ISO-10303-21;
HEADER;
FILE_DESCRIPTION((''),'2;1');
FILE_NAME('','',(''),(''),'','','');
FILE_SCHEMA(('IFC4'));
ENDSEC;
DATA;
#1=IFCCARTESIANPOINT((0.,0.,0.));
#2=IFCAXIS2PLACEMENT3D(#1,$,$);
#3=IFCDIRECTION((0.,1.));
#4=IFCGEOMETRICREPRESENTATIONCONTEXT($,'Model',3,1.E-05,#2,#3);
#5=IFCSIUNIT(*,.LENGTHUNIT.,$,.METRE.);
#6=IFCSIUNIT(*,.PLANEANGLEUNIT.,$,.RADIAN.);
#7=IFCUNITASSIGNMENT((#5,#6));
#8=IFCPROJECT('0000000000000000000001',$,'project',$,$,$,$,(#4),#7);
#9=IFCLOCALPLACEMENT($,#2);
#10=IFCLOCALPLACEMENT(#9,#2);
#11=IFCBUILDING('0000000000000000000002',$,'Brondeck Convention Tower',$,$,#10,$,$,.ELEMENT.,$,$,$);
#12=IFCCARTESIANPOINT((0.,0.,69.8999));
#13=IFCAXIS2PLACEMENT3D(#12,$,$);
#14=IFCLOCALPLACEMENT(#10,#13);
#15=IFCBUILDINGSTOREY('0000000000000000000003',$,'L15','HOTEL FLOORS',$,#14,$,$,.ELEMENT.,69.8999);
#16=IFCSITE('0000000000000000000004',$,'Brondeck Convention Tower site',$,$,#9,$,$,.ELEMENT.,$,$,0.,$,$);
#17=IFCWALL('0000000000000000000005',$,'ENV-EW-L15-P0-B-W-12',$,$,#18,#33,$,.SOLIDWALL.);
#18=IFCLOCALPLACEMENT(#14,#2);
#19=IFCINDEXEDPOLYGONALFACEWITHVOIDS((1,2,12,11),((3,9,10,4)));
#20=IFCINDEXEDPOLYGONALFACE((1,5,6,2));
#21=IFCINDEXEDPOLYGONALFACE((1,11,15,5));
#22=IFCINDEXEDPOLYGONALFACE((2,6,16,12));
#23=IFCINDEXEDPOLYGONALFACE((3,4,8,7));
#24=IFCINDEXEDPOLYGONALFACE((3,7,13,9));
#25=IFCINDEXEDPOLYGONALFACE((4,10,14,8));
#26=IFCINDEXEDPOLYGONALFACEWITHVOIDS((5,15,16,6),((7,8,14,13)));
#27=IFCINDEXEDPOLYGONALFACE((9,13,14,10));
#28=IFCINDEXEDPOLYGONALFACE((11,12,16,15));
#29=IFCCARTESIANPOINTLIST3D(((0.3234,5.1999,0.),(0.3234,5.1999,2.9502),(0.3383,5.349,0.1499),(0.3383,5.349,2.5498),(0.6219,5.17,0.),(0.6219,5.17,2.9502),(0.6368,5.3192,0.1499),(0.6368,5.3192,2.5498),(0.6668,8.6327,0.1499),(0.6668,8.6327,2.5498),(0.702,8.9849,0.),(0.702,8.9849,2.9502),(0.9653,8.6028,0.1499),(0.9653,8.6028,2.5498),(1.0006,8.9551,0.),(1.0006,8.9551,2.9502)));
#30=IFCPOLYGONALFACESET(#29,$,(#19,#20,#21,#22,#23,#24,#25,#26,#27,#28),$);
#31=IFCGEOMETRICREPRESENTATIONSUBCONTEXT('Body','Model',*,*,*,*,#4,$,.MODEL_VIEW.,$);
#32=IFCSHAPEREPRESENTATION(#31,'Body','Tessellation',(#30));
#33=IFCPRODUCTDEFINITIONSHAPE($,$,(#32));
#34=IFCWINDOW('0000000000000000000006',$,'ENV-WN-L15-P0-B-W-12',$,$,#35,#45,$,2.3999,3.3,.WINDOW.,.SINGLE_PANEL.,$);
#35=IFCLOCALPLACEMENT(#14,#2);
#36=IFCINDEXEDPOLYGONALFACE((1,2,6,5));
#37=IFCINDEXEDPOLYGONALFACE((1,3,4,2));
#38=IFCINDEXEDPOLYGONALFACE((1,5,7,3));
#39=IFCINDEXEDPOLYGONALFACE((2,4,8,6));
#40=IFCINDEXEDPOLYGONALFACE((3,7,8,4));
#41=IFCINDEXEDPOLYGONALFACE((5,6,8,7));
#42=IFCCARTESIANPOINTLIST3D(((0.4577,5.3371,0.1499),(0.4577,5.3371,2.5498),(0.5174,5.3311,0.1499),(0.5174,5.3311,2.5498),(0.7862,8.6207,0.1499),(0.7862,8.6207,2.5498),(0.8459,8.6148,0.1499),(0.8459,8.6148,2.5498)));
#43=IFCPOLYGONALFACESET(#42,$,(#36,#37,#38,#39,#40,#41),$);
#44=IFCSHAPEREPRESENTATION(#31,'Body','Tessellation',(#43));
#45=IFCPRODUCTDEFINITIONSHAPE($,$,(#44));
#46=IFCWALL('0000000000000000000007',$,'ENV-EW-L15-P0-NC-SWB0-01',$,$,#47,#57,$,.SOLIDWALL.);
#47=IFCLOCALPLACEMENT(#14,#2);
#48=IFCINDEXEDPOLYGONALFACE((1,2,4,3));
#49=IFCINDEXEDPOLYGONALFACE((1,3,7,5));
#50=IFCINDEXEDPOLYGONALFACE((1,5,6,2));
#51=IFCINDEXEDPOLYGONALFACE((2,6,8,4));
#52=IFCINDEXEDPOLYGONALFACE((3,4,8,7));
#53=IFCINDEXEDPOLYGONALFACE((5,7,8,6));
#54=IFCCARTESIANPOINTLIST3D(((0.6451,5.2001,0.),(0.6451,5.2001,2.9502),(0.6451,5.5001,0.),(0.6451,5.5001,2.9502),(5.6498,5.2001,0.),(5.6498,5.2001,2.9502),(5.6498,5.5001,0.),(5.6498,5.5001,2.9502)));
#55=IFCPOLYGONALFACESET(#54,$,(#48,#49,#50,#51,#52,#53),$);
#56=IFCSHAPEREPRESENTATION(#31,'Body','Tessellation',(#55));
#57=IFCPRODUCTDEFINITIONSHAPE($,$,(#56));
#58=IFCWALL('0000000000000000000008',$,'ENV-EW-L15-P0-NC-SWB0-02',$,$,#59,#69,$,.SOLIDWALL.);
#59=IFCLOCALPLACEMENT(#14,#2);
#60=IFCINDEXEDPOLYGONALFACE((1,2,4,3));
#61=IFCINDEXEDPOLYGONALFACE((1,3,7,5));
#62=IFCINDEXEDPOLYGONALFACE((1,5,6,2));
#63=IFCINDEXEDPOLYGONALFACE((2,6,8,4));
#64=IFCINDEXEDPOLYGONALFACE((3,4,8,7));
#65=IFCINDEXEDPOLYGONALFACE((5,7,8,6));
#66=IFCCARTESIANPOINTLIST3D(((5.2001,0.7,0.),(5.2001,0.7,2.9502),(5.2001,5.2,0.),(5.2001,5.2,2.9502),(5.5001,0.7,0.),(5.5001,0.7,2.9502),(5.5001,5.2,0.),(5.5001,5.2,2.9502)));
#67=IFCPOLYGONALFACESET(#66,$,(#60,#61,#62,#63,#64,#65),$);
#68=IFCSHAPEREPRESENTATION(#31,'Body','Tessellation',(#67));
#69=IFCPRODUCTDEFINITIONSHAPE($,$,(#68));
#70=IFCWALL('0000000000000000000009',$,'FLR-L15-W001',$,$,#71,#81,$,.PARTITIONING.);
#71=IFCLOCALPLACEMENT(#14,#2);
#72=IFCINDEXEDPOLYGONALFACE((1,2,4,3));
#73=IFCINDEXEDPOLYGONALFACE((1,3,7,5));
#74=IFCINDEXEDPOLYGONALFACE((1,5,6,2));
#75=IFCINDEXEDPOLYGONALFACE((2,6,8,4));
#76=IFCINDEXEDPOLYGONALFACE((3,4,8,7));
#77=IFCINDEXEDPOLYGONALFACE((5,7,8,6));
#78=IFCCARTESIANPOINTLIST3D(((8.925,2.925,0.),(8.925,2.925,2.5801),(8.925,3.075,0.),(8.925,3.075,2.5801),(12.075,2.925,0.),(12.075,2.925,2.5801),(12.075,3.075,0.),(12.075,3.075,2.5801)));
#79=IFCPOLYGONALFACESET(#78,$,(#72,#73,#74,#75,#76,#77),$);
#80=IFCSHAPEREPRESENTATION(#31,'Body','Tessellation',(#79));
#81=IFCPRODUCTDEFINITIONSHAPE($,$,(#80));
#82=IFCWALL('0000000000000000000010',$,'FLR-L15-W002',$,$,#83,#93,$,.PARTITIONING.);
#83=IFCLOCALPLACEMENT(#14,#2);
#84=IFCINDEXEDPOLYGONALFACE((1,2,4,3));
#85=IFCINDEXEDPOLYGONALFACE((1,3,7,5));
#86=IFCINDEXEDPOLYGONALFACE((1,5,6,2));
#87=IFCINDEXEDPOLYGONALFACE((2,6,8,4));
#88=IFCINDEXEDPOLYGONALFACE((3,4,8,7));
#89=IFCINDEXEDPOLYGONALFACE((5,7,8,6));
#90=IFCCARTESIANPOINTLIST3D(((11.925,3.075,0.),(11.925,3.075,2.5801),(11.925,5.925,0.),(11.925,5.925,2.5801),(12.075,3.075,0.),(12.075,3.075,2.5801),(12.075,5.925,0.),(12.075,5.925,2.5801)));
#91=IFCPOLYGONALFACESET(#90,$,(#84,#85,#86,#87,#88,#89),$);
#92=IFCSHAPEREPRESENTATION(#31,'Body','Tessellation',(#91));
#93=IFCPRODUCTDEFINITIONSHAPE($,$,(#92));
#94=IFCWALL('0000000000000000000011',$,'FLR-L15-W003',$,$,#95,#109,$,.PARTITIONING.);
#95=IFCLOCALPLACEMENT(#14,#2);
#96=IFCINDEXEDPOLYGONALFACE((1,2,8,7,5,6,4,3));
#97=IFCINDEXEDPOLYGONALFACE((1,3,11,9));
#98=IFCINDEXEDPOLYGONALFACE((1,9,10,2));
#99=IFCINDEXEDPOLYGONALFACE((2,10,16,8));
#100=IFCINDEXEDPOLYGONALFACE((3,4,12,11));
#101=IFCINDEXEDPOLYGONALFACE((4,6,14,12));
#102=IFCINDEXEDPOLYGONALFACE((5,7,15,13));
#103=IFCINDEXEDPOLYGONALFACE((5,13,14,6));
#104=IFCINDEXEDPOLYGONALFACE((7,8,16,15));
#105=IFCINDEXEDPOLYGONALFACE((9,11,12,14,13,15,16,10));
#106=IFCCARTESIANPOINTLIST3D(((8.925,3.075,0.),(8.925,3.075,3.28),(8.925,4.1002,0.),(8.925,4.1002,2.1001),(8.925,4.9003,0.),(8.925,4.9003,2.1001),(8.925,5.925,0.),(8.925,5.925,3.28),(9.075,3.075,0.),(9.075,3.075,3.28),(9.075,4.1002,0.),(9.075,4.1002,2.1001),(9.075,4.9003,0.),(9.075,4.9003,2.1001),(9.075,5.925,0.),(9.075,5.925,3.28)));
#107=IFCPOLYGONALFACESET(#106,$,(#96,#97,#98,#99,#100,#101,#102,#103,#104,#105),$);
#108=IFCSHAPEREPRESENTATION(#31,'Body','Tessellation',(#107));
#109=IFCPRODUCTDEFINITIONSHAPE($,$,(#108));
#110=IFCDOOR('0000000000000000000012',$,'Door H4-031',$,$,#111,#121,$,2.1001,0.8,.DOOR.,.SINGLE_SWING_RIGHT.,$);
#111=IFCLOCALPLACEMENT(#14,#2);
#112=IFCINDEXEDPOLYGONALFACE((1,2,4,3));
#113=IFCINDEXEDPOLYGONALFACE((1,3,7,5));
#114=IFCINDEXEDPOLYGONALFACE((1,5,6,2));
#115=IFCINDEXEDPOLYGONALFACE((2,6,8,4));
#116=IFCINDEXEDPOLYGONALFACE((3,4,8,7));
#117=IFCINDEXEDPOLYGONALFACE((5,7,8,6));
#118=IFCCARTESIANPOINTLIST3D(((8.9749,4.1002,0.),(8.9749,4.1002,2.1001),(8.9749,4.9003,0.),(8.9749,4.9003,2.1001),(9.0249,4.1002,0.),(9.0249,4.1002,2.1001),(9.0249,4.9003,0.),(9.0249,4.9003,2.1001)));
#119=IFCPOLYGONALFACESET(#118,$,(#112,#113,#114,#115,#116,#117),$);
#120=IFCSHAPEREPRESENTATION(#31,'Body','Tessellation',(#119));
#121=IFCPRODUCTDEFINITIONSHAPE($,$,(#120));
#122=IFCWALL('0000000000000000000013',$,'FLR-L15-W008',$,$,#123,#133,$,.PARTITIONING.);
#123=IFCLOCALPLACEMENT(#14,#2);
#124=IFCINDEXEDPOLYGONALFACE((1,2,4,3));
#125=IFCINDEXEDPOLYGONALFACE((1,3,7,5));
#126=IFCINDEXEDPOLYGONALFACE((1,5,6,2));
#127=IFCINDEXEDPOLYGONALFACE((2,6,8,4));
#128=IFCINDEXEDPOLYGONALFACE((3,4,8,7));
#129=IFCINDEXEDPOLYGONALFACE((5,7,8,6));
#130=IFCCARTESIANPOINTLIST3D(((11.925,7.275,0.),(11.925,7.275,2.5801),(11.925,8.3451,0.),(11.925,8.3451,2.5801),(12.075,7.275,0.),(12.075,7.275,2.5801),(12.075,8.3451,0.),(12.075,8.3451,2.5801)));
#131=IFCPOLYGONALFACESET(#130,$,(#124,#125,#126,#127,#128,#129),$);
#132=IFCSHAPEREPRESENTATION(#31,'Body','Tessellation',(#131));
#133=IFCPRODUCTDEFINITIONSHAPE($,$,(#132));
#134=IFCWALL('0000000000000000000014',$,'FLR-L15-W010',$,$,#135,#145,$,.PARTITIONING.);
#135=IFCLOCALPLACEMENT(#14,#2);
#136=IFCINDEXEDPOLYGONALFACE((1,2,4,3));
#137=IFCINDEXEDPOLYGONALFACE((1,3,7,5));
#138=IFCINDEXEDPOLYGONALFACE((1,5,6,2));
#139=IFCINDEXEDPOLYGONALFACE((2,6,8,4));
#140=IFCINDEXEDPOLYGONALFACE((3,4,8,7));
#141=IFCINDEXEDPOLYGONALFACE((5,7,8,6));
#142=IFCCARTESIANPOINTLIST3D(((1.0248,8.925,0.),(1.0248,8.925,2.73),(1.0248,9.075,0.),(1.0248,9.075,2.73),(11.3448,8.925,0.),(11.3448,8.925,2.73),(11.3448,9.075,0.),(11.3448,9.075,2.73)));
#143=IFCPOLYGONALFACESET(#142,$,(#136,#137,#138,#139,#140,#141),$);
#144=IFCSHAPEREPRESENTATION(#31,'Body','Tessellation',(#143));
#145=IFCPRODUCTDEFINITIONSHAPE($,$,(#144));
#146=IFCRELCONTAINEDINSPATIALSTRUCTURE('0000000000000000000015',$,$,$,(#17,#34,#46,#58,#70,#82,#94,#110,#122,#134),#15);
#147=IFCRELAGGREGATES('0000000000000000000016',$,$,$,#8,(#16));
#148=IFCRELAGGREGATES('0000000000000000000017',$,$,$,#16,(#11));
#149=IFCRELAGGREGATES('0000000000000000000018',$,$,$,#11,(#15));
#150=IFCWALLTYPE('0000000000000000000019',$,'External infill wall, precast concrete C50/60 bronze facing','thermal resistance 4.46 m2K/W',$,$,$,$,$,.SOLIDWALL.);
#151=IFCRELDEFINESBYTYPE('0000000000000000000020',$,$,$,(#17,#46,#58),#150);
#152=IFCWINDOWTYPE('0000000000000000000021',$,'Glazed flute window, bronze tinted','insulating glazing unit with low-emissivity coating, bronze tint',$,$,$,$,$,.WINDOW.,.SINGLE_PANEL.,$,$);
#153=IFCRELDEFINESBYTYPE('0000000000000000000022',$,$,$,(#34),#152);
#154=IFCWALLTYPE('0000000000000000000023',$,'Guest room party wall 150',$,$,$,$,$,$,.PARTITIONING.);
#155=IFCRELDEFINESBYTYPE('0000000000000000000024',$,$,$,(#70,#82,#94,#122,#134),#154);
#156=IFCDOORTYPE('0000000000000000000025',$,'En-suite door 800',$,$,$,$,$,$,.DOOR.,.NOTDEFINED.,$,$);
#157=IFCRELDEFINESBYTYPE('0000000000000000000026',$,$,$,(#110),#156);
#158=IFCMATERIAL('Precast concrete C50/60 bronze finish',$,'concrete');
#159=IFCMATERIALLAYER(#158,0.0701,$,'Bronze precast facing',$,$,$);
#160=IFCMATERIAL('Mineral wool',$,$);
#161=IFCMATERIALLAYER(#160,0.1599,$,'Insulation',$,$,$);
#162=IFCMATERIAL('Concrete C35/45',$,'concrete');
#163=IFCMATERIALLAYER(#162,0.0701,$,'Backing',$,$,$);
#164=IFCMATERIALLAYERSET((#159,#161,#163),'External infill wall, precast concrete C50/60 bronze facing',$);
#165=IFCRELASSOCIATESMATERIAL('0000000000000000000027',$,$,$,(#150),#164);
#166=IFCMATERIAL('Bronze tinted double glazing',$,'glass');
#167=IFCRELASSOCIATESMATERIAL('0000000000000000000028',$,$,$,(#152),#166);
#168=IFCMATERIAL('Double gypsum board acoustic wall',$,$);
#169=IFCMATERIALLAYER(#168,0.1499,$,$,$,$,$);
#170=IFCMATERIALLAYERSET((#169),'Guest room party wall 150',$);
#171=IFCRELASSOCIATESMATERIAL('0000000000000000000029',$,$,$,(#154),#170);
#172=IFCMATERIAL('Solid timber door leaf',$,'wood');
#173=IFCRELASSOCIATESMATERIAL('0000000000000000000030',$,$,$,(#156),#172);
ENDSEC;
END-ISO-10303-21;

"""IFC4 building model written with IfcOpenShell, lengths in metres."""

from ifc_helpers import new_model, si_unit, direction, frame, frame_2d, origin, place, context, subcontext, project, spatial, rectangle, extrude, material, layer, layer_set, type_object, element, fill, save


model = new_model("IFC4")

# Units and contexts
model_context = context("Model", 3, precision=1e-05, world=origin(), true_north=direction((0.0, 1.0)))
body_context = subcontext(model_context, "Body", "Model", "MODEL_VIEW")
ifc_project = project(units=[si_unit("LENGTHUNIT", "METRE"), si_unit("PLANEANGLEUNIT", "RADIAN")], contexts=[model_context])

# Site, building, storey
site_placement = place(None, origin())
site = spatial("IfcSite", under=ifc_project, at=site_placement, Name="Brondeck Convention Tower site", CompositionType="ELEMENT", RefElevation=0.0)
building_placement = place(site_placement, origin())
building = spatial("IfcBuilding", under=site, at=building_placement, Name="Brondeck Convention Tower", CompositionType="ELEMENT")
storey_placement = place(building_placement, frame((0.0, 0.0, 69.8999)))
storey = spatial("IfcBuildingStorey", under=building, at=storey_placement, Name="L15", Description="HOTEL FLOORS", CompositionType="ELEMENT", Elevation=69.8999)

# Shared definitions
ifc_material_1 = material(Name="Concrete C35/45", Category="concrete")

# Shared definitions
ifc_material_2 = material(Name="Precast concrete C50/60 bronze finish", Category="concrete")
ifc_layer_1 = layer(ifc_material_2, 0.0701, Name="Bronze precast facing")
ifc_material_3 = material(Name="Mineral wool")
ifc_layer_2 = layer(ifc_material_3, 0.1599, Name="Insulation")
ifc_layer_3 = layer(ifc_material_1, 0.0701, Name="Backing")
ifc_layer_set_1 = layer_set([ifc_layer_1, ifc_layer_2, ifc_layer_3], Name="External infill wall, precast concrete C50/60 bronze facing")
wall_type_1 = type_object("IfcWallType", Name="External infill wall, precast concrete C50/60 bronze facing", Description="thermal resistance 4.46 m2K/W", PredefinedType="SOLIDWALL", material=ifc_layer_set_1)
ifc_material_4 = material(Name="Bronze tinted double glazing", Category="glass")
window_type_1 = type_object("IfcWindowType", Name="Glazed flute window, bronze tinted", Description="insulating glazing unit with low-emissivity coating, bronze tint", PartitioningType="SINGLE_PANEL", PredefinedType="WINDOW", material=ifc_material_4)

# Wall, opening, window
wall_1_placement = place(storey_placement, frame((0.4727, 5.1851, 0.0), z_axis=(0.0, 0.0, 1.0), x_axis=(0.099542, 0.995033, 0.0)))
wall_1 = element("IfcWall", 1, at=wall_1_placement, inside=storey, type_object=wall_type_1, Name="ENV-EW-L15-P0-B-W-12", PredefinedType="SOLIDWALL", context=body_context, shape_type="SweptSolid", body=[
    extrude(rectangle(XDim=3.804, YDim=0.3, at=frame_2d((1.9019, 0.0))), origin(), (0.0, 0.0, 1.0), 2.9502),
])
opening_1_placement = place(wall_1_placement, frame((0.1499, 0.0, 0.1499)))
opening_1 = element("IfcOpeningElement", 2, at=opening_1_placement, cuts=wall_1, PredefinedType="OPENING", context=body_context, shape_type="SweptSolid", body=[
    extrude(rectangle(XDim=3.3, YDim=2.3999, at=frame_2d((1.6499, 1.2))), frame((0.0, 0.1599, 0.0), z_axis=(0.0, -1.0, 0.0), x_axis=(1.0, 0.0, 0.0)), (0.0, 0.0, 1.0), 0.3201),
])
window_1_placement = place(opening_1_placement, origin())
window_1 = element("IfcWindow", 3, at=window_1_placement, inside=storey, type_object=window_type_1, Name="ENV-WN-L15-P0-B-W-12", OverallHeight=2.3999, OverallWidth=3.3, PartitioningType="SINGLE_PANEL", PredefinedType="WINDOW", context=body_context, shape_type="SweptSolid", body=[
    extrude(rectangle(XDim=3.3, YDim=2.3999, at=frame_2d((1.6499, 1.2))), frame((0.0, 0.03, 0.0), z_axis=(0.0, -1.0, 0.0), x_axis=(1.0, 0.0, 0.0)), (0.0, 0.0, 1.0), 0.0601),
])
fill(opening_1, window_1)

# Walls
wall_2_placement = place(storey_placement, frame((5.6499, 5.3501, 0.0), z_axis=(0.0, 0.0, 1.0), x_axis=(-1.0, 0.0, 0.0)))
element("IfcWall", 4, at=wall_2_placement, inside=storey, type_object=wall_type_1, Name="ENV-EW-L15-P0-NC-SWB0-01", PredefinedType="SOLIDWALL", context=body_context, shape_type="SweptSolid", body=[
    extrude(rectangle(XDim=5.0046, YDim=0.3, at=frame_2d((2.5024, 0.0))), origin(), (0.0, 0.0, 1.0), 2.9502),
])
wall_3_placement = place(storey_placement, frame((5.3501, 0.7, 0.0), z_axis=(0.0, 0.0, 1.0), x_axis=(0.0, 1.0, 0.0)))
element("IfcWall", 5, at=wall_3_placement, inside=storey, type_object=wall_type_1, Name="ENV-EW-L15-P0-NC-SWB0-02", PredefinedType="SOLIDWALL", context=body_context, shape_type="SweptSolid", body=[
    extrude(rectangle(XDim=4.5, YDim=0.3, at=frame_2d((2.25, 0.0))), origin(), (0.0, 0.0, 1.0), 2.9502),
])
ifc_material_5 = material(Name="Double gypsum board acoustic wall")
ifc_layer_4 = layer(ifc_material_5, 0.1499)
ifc_layer_set_2 = layer_set([ifc_layer_4], Name="Guest room party wall 150")
wall_type_2 = type_object("IfcWallType", Name="Guest room party wall 150", PredefinedType="PARTITIONING", material=ifc_layer_set_2)
wall_4_placement = place(storey_placement, frame((8.925, 3.0, 0.0), z_axis=(0.0, 0.0, 1.0), x_axis=(1.0, 0.0, 0.0)))
element("IfcWall", 6, at=wall_4_placement, inside=storey, type_object=wall_type_2, Name="FLR-L15-W001", PredefinedType="PARTITIONING", context=body_context, shape_type="SweptSolid", body=[
    extrude(rectangle(XDim=3.1499, YDim=0.1499, at=frame_2d((1.575, 0.0))), origin(), (0.0, 0.0, 1.0), 2.5801),
])
wall_5_placement = place(storey_placement, frame((12.0, 3.075, 0.0), z_axis=(0.0, 0.0, 1.0), x_axis=(0.0, 1.0, 0.0)))
element("IfcWall", 7, at=wall_5_placement, inside=storey, type_object=wall_type_2, Name="FLR-L15-W002", PredefinedType="PARTITIONING", context=body_context, shape_type="SweptSolid", body=[
    extrude(rectangle(XDim=2.8501, YDim=0.1499, at=frame_2d((1.425, 0.0))), origin(), (0.0, 0.0, 1.0), 2.5801),
])

# Wall, opening, door
wall_6_placement = place(storey_placement, frame((9.0, 5.925, 0.0), z_axis=(0.0, 0.0, 1.0), x_axis=(0.0, -1.0, 0.0)))
wall_6 = element("IfcWall", 8, at=wall_6_placement, inside=storey, type_object=wall_type_2, Name="FLR-L15-W003", PredefinedType="PARTITIONING", context=body_context, shape_type="SweptSolid", body=[
    extrude(rectangle(XDim=2.8501, YDim=0.1499, at=frame_2d((1.425, 0.0))), origin(), (0.0, 0.0, 1.0), 3.28),
])
opening_2_placement = place(wall_6_placement, frame((1.0249, 0.0, 0.0)))
opening_2 = element("IfcOpeningElement", 9, at=opening_2_placement, cuts=wall_6, PredefinedType="OPENING", context=body_context, shape_type="SweptSolid", body=[
    extrude(rectangle(XDim=0.8, YDim=2.1001, at=frame_2d((0.3999, 1.05))), frame((0.0, 0.085, 0.0), z_axis=(0.0, -1.0, 0.0), x_axis=(1.0, 0.0, 0.0)), (0.0, 0.0, 1.0), 0.1699),
])
ifc_material_6 = material(Name="Solid timber door leaf", Category="wood")
door_type = type_object("IfcDoorType", Name="En-suite door 800", OperationType="NOTDEFINED", PredefinedType="DOOR", material=ifc_material_6)
door_placement = place(opening_2_placement, origin())
door = element("IfcDoor", 10, at=door_placement, inside=storey, type_object=door_type, Name="Door H4-031", OperationType="SINGLE_SWING_RIGHT", OverallHeight=2.1001, OverallWidth=0.8, PredefinedType="DOOR", context=body_context, shape_type="SweptSolid", body=[
    extrude(rectangle(XDim=0.8, YDim=2.1001, at=frame_2d((0.3999, 1.05))), frame((0.0, 0.0249, 0.0), z_axis=(0.0, -1.0, 0.0), x_axis=(1.0, 0.0, 0.0)), (0.0, 0.0, 1.0), 0.05),
])
fill(opening_2, door)

# Walls
wall_7_placement = place(storey_placement, frame((12.0, 7.2749, 0.0), z_axis=(0.0, 0.0, 1.0), x_axis=(0.0, 1.0, 0.0)))
element("IfcWall", 11, at=wall_7_placement, inside=storey, type_object=wall_type_2, Name="FLR-L15-W008", PredefinedType="PARTITIONING", context=body_context, shape_type="SweptSolid", body=[
    extrude(rectangle(XDim=1.0701, YDim=0.1499, at=frame_2d((0.5352, 0.0))), origin(), (0.0, 0.0, 1.0), 2.5801),
])
wall_8_placement = place(storey_placement, frame((11.345, 9.0, 0.0), z_axis=(0.0, 0.0, 1.0), x_axis=(-1.0, 0.0, 0.0)))
element("IfcWall", 12, at=wall_8_placement, inside=storey, type_object=wall_type_2, Name="FLR-L15-W010", PredefinedType="PARTITIONING", context=body_context, shape_type="SweptSolid", body=[
    extrude(rectangle(XDim=10.3201, YDim=0.1499, at=frame_2d((5.1602, 0.0))), origin(), (0.0, 0.0, 1.0), 2.73),
])

save(model, "model.ifc")
